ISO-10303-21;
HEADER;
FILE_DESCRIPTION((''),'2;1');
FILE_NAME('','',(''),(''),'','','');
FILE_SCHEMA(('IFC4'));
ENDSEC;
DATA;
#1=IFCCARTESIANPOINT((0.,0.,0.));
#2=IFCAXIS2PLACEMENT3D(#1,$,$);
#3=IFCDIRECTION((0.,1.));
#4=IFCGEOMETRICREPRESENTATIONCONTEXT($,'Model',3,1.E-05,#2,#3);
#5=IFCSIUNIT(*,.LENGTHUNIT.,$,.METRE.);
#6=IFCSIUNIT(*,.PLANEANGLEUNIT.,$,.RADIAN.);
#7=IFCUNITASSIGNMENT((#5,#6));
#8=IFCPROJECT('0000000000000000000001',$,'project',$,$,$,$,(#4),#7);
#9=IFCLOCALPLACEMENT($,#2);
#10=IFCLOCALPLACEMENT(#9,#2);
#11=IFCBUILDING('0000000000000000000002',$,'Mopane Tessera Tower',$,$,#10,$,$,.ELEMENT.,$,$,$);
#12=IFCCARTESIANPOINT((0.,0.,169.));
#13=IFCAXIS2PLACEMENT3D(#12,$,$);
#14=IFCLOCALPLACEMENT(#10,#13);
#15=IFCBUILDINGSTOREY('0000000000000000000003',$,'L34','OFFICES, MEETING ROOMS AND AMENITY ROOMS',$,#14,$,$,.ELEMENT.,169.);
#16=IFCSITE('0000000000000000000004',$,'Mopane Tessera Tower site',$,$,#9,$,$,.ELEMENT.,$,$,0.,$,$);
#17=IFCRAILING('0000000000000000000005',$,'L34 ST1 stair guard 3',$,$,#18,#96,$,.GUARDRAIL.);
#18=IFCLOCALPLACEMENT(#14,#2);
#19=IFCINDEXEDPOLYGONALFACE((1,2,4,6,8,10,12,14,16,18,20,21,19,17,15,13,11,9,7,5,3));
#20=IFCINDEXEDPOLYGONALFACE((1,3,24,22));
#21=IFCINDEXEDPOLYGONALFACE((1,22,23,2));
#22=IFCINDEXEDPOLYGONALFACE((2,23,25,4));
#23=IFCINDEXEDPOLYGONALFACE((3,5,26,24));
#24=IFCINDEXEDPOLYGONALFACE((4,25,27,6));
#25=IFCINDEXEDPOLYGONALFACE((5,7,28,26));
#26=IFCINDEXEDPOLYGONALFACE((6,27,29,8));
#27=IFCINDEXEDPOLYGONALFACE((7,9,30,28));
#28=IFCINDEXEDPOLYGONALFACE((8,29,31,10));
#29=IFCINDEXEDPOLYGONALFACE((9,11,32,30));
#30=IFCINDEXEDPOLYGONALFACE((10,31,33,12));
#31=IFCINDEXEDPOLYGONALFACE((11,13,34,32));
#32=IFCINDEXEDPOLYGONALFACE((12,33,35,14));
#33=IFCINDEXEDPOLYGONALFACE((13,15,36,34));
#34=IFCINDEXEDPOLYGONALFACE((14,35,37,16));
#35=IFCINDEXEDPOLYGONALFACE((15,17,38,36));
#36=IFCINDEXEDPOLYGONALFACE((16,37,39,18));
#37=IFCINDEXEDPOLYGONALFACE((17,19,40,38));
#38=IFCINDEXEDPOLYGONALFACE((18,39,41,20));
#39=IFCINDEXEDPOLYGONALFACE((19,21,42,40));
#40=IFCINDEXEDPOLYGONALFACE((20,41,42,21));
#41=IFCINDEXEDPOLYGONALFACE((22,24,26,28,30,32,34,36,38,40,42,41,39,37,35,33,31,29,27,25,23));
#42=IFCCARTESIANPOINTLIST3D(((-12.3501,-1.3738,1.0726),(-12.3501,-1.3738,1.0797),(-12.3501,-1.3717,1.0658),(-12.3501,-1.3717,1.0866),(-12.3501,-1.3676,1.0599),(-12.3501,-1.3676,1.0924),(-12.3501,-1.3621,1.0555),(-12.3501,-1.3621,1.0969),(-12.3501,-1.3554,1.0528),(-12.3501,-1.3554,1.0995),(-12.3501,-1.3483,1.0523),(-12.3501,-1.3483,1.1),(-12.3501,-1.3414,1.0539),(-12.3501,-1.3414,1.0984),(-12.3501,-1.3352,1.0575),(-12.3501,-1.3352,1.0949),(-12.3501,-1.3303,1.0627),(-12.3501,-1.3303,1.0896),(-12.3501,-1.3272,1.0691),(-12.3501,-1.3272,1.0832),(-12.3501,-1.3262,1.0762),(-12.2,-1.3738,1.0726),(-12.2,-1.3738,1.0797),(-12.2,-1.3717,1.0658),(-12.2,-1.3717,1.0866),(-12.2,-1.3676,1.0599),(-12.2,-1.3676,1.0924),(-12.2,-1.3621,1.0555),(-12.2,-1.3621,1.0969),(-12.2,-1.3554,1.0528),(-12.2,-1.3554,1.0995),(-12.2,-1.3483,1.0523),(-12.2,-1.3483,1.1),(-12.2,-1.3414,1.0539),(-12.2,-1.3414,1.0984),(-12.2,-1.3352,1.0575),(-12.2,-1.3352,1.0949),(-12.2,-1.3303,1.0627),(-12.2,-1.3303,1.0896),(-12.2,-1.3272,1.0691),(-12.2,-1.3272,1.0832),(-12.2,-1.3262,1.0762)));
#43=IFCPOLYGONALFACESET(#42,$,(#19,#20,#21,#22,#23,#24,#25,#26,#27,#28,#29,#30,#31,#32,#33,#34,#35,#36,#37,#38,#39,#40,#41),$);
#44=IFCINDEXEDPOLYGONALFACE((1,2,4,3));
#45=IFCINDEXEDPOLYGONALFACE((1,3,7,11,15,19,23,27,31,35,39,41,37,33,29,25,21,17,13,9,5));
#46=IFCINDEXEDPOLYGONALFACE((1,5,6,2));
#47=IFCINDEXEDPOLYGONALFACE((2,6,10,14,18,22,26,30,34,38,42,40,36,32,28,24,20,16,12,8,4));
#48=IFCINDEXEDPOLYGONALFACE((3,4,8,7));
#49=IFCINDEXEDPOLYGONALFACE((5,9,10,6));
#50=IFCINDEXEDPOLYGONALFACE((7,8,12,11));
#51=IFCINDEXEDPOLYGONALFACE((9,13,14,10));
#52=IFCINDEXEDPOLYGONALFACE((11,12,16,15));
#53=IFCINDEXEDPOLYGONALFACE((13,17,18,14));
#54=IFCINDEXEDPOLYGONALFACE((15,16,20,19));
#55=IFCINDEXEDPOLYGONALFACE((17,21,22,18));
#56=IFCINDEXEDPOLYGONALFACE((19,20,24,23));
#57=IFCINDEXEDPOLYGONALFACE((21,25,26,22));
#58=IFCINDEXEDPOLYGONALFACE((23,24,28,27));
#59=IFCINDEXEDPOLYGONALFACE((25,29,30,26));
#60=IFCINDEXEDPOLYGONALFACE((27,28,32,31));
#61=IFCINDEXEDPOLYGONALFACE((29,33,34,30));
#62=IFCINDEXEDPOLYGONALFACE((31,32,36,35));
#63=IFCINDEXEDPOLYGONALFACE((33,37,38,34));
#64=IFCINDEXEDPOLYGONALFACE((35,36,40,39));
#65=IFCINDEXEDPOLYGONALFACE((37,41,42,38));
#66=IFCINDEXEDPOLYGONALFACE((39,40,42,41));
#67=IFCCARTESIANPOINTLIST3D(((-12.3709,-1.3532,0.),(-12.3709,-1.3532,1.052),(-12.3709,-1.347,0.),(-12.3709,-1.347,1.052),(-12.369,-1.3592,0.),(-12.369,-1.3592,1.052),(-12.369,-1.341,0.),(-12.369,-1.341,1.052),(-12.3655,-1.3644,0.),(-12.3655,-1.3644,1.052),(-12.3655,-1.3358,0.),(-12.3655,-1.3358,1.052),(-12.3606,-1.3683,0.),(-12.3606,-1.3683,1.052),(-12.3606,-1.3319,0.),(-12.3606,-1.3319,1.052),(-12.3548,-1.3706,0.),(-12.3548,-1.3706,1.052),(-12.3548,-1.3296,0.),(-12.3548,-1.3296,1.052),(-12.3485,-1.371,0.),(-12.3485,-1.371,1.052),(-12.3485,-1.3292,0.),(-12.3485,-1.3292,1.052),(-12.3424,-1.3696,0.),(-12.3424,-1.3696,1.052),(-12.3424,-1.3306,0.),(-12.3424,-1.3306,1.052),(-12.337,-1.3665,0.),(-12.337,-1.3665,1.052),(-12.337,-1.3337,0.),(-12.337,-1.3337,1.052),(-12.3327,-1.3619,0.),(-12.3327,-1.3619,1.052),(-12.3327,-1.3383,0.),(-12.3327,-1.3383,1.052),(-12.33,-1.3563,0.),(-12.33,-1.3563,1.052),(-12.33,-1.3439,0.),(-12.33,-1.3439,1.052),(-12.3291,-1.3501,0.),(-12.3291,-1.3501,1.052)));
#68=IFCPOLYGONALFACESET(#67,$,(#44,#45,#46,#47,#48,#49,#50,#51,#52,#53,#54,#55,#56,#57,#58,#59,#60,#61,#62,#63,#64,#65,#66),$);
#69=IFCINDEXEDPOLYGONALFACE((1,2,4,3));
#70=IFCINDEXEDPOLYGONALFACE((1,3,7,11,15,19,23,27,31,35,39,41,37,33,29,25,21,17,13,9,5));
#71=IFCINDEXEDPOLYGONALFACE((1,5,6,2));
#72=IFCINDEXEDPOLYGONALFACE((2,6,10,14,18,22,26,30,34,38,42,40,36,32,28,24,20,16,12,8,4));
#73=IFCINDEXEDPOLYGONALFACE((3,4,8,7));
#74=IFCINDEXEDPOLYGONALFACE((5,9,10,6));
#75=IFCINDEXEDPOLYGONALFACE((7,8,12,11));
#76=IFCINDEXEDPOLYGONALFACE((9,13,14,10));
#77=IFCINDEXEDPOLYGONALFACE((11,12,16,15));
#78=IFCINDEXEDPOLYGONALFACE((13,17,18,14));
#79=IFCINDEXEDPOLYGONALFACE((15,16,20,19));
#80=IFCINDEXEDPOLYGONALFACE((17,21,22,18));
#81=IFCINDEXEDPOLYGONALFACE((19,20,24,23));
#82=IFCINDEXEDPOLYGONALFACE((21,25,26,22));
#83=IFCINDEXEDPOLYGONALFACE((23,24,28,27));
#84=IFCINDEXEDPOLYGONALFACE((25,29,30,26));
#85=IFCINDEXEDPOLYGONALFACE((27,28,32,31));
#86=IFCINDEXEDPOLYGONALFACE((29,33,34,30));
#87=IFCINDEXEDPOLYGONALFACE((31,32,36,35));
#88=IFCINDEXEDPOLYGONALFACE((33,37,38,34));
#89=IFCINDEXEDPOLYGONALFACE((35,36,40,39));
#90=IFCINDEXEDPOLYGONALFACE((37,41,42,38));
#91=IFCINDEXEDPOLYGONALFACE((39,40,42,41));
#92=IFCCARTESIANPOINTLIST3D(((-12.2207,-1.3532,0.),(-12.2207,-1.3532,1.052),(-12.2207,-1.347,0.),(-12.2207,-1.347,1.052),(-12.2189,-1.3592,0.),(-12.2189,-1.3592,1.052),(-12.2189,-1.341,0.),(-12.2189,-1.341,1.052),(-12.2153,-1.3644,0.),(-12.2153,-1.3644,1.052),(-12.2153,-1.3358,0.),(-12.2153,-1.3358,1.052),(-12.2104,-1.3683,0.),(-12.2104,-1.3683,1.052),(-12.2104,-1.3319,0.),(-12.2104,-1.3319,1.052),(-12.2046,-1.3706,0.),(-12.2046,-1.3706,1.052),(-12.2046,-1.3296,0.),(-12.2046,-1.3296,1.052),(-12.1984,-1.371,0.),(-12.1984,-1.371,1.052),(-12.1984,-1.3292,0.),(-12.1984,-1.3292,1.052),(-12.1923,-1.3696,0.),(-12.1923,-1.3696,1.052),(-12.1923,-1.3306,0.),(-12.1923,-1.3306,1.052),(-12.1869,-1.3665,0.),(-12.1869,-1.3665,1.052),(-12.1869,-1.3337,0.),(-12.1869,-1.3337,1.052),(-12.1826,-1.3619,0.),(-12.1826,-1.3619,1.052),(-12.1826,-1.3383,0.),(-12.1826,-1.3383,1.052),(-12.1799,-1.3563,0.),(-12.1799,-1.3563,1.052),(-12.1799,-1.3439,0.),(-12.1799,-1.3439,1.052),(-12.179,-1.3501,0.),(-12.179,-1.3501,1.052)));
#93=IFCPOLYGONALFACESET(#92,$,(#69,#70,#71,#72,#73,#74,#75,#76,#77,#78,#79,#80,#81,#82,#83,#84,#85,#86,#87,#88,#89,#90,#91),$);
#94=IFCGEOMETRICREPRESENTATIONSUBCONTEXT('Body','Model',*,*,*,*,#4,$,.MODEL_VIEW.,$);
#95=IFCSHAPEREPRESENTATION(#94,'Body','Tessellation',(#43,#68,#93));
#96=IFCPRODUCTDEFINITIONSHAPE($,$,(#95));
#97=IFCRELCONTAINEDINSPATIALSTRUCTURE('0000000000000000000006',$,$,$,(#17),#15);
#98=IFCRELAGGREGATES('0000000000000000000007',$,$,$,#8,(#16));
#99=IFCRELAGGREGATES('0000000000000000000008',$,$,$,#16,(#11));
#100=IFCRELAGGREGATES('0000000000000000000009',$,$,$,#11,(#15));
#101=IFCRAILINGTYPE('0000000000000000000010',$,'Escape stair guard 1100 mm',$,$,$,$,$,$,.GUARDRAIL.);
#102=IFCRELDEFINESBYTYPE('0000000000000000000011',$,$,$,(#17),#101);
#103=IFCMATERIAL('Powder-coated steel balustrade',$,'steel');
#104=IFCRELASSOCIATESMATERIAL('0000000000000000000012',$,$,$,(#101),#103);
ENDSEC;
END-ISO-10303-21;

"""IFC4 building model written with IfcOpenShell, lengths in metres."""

from ifc_helpers import new_model, si_unit, direction, frame, origin, origin_2d, place, context, subcontext, project, spatial, circle, extrude, material, type_object, element, save


model = new_model("IFC4")

# Units and contexts
model_context = context("Model", 3, precision=1e-05, world=origin(), true_north=direction((0.0, 1.0)))
body_context = subcontext(model_context, "Body", "Model", "MODEL_VIEW")
ifc_project = project(units=[si_unit("LENGTHUNIT", "METRE"), si_unit("PLANEANGLEUNIT", "RADIAN")], contexts=[model_context])

# Site, building, storey
site_placement = place(None, origin())
site = spatial("IfcSite", under=ifc_project, at=site_placement, Name="Mopane Tessera Tower site", CompositionType="ELEMENT", RefElevation=0.0)
building_placement = place(site_placement, origin())
building = spatial("IfcBuilding", under=site, at=building_placement, Name="Mopane Tessera Tower", CompositionType="ELEMENT")
storey_placement = place(building_placement, frame((0.0, 0.0, 169.0)))
storey = spatial("IfcBuildingStorey", under=building, at=storey_placement, Name="L34", Description="OFFICES, MEETING ROOMS AND AMENITY ROOMS", CompositionType="ELEMENT", Elevation=169.0)

# Railing
ifc_material_1 = material(Name="Powder-coated steel balustrade", Category="steel")
railing_type_1 = type_object("IfcRailingType", Name="Escape stair guard 1100 mm", PredefinedType="GUARDRAIL", material=ifc_material_1)
railing_1_placement = place(storey_placement, frame((-12.3501, -1.3501, 0.0)))
element("IfcRailing", 1, at=railing_1_placement, inside=storey, type_object=railing_type_1, Name="L34 ST1 stair guard 3", PredefinedType="GUARDRAIL", context=body_context, shape_type="SweptSolid", body=[
    extrude(circle(Radius=0.0239, at=origin_2d()), frame((0.0, 0.0, 1.0762), z_axis=(1.0, 0.0, 0.0), x_axis=(0.0, 1.0, 0.0)), (0.0, 0.0, 1.0), 0.1501),
    extrude(circle(Radius=0.021, at=origin_2d()), origin(), (0.0, 0.0, 1.0), 1.052),
    extrude(circle(Radius=0.021, at=origin_2d()), frame((0.1501, 0.0, 0.0)), (0.0, 0.0, 1.0), 1.052),
])

save(model, "model.ifc")
